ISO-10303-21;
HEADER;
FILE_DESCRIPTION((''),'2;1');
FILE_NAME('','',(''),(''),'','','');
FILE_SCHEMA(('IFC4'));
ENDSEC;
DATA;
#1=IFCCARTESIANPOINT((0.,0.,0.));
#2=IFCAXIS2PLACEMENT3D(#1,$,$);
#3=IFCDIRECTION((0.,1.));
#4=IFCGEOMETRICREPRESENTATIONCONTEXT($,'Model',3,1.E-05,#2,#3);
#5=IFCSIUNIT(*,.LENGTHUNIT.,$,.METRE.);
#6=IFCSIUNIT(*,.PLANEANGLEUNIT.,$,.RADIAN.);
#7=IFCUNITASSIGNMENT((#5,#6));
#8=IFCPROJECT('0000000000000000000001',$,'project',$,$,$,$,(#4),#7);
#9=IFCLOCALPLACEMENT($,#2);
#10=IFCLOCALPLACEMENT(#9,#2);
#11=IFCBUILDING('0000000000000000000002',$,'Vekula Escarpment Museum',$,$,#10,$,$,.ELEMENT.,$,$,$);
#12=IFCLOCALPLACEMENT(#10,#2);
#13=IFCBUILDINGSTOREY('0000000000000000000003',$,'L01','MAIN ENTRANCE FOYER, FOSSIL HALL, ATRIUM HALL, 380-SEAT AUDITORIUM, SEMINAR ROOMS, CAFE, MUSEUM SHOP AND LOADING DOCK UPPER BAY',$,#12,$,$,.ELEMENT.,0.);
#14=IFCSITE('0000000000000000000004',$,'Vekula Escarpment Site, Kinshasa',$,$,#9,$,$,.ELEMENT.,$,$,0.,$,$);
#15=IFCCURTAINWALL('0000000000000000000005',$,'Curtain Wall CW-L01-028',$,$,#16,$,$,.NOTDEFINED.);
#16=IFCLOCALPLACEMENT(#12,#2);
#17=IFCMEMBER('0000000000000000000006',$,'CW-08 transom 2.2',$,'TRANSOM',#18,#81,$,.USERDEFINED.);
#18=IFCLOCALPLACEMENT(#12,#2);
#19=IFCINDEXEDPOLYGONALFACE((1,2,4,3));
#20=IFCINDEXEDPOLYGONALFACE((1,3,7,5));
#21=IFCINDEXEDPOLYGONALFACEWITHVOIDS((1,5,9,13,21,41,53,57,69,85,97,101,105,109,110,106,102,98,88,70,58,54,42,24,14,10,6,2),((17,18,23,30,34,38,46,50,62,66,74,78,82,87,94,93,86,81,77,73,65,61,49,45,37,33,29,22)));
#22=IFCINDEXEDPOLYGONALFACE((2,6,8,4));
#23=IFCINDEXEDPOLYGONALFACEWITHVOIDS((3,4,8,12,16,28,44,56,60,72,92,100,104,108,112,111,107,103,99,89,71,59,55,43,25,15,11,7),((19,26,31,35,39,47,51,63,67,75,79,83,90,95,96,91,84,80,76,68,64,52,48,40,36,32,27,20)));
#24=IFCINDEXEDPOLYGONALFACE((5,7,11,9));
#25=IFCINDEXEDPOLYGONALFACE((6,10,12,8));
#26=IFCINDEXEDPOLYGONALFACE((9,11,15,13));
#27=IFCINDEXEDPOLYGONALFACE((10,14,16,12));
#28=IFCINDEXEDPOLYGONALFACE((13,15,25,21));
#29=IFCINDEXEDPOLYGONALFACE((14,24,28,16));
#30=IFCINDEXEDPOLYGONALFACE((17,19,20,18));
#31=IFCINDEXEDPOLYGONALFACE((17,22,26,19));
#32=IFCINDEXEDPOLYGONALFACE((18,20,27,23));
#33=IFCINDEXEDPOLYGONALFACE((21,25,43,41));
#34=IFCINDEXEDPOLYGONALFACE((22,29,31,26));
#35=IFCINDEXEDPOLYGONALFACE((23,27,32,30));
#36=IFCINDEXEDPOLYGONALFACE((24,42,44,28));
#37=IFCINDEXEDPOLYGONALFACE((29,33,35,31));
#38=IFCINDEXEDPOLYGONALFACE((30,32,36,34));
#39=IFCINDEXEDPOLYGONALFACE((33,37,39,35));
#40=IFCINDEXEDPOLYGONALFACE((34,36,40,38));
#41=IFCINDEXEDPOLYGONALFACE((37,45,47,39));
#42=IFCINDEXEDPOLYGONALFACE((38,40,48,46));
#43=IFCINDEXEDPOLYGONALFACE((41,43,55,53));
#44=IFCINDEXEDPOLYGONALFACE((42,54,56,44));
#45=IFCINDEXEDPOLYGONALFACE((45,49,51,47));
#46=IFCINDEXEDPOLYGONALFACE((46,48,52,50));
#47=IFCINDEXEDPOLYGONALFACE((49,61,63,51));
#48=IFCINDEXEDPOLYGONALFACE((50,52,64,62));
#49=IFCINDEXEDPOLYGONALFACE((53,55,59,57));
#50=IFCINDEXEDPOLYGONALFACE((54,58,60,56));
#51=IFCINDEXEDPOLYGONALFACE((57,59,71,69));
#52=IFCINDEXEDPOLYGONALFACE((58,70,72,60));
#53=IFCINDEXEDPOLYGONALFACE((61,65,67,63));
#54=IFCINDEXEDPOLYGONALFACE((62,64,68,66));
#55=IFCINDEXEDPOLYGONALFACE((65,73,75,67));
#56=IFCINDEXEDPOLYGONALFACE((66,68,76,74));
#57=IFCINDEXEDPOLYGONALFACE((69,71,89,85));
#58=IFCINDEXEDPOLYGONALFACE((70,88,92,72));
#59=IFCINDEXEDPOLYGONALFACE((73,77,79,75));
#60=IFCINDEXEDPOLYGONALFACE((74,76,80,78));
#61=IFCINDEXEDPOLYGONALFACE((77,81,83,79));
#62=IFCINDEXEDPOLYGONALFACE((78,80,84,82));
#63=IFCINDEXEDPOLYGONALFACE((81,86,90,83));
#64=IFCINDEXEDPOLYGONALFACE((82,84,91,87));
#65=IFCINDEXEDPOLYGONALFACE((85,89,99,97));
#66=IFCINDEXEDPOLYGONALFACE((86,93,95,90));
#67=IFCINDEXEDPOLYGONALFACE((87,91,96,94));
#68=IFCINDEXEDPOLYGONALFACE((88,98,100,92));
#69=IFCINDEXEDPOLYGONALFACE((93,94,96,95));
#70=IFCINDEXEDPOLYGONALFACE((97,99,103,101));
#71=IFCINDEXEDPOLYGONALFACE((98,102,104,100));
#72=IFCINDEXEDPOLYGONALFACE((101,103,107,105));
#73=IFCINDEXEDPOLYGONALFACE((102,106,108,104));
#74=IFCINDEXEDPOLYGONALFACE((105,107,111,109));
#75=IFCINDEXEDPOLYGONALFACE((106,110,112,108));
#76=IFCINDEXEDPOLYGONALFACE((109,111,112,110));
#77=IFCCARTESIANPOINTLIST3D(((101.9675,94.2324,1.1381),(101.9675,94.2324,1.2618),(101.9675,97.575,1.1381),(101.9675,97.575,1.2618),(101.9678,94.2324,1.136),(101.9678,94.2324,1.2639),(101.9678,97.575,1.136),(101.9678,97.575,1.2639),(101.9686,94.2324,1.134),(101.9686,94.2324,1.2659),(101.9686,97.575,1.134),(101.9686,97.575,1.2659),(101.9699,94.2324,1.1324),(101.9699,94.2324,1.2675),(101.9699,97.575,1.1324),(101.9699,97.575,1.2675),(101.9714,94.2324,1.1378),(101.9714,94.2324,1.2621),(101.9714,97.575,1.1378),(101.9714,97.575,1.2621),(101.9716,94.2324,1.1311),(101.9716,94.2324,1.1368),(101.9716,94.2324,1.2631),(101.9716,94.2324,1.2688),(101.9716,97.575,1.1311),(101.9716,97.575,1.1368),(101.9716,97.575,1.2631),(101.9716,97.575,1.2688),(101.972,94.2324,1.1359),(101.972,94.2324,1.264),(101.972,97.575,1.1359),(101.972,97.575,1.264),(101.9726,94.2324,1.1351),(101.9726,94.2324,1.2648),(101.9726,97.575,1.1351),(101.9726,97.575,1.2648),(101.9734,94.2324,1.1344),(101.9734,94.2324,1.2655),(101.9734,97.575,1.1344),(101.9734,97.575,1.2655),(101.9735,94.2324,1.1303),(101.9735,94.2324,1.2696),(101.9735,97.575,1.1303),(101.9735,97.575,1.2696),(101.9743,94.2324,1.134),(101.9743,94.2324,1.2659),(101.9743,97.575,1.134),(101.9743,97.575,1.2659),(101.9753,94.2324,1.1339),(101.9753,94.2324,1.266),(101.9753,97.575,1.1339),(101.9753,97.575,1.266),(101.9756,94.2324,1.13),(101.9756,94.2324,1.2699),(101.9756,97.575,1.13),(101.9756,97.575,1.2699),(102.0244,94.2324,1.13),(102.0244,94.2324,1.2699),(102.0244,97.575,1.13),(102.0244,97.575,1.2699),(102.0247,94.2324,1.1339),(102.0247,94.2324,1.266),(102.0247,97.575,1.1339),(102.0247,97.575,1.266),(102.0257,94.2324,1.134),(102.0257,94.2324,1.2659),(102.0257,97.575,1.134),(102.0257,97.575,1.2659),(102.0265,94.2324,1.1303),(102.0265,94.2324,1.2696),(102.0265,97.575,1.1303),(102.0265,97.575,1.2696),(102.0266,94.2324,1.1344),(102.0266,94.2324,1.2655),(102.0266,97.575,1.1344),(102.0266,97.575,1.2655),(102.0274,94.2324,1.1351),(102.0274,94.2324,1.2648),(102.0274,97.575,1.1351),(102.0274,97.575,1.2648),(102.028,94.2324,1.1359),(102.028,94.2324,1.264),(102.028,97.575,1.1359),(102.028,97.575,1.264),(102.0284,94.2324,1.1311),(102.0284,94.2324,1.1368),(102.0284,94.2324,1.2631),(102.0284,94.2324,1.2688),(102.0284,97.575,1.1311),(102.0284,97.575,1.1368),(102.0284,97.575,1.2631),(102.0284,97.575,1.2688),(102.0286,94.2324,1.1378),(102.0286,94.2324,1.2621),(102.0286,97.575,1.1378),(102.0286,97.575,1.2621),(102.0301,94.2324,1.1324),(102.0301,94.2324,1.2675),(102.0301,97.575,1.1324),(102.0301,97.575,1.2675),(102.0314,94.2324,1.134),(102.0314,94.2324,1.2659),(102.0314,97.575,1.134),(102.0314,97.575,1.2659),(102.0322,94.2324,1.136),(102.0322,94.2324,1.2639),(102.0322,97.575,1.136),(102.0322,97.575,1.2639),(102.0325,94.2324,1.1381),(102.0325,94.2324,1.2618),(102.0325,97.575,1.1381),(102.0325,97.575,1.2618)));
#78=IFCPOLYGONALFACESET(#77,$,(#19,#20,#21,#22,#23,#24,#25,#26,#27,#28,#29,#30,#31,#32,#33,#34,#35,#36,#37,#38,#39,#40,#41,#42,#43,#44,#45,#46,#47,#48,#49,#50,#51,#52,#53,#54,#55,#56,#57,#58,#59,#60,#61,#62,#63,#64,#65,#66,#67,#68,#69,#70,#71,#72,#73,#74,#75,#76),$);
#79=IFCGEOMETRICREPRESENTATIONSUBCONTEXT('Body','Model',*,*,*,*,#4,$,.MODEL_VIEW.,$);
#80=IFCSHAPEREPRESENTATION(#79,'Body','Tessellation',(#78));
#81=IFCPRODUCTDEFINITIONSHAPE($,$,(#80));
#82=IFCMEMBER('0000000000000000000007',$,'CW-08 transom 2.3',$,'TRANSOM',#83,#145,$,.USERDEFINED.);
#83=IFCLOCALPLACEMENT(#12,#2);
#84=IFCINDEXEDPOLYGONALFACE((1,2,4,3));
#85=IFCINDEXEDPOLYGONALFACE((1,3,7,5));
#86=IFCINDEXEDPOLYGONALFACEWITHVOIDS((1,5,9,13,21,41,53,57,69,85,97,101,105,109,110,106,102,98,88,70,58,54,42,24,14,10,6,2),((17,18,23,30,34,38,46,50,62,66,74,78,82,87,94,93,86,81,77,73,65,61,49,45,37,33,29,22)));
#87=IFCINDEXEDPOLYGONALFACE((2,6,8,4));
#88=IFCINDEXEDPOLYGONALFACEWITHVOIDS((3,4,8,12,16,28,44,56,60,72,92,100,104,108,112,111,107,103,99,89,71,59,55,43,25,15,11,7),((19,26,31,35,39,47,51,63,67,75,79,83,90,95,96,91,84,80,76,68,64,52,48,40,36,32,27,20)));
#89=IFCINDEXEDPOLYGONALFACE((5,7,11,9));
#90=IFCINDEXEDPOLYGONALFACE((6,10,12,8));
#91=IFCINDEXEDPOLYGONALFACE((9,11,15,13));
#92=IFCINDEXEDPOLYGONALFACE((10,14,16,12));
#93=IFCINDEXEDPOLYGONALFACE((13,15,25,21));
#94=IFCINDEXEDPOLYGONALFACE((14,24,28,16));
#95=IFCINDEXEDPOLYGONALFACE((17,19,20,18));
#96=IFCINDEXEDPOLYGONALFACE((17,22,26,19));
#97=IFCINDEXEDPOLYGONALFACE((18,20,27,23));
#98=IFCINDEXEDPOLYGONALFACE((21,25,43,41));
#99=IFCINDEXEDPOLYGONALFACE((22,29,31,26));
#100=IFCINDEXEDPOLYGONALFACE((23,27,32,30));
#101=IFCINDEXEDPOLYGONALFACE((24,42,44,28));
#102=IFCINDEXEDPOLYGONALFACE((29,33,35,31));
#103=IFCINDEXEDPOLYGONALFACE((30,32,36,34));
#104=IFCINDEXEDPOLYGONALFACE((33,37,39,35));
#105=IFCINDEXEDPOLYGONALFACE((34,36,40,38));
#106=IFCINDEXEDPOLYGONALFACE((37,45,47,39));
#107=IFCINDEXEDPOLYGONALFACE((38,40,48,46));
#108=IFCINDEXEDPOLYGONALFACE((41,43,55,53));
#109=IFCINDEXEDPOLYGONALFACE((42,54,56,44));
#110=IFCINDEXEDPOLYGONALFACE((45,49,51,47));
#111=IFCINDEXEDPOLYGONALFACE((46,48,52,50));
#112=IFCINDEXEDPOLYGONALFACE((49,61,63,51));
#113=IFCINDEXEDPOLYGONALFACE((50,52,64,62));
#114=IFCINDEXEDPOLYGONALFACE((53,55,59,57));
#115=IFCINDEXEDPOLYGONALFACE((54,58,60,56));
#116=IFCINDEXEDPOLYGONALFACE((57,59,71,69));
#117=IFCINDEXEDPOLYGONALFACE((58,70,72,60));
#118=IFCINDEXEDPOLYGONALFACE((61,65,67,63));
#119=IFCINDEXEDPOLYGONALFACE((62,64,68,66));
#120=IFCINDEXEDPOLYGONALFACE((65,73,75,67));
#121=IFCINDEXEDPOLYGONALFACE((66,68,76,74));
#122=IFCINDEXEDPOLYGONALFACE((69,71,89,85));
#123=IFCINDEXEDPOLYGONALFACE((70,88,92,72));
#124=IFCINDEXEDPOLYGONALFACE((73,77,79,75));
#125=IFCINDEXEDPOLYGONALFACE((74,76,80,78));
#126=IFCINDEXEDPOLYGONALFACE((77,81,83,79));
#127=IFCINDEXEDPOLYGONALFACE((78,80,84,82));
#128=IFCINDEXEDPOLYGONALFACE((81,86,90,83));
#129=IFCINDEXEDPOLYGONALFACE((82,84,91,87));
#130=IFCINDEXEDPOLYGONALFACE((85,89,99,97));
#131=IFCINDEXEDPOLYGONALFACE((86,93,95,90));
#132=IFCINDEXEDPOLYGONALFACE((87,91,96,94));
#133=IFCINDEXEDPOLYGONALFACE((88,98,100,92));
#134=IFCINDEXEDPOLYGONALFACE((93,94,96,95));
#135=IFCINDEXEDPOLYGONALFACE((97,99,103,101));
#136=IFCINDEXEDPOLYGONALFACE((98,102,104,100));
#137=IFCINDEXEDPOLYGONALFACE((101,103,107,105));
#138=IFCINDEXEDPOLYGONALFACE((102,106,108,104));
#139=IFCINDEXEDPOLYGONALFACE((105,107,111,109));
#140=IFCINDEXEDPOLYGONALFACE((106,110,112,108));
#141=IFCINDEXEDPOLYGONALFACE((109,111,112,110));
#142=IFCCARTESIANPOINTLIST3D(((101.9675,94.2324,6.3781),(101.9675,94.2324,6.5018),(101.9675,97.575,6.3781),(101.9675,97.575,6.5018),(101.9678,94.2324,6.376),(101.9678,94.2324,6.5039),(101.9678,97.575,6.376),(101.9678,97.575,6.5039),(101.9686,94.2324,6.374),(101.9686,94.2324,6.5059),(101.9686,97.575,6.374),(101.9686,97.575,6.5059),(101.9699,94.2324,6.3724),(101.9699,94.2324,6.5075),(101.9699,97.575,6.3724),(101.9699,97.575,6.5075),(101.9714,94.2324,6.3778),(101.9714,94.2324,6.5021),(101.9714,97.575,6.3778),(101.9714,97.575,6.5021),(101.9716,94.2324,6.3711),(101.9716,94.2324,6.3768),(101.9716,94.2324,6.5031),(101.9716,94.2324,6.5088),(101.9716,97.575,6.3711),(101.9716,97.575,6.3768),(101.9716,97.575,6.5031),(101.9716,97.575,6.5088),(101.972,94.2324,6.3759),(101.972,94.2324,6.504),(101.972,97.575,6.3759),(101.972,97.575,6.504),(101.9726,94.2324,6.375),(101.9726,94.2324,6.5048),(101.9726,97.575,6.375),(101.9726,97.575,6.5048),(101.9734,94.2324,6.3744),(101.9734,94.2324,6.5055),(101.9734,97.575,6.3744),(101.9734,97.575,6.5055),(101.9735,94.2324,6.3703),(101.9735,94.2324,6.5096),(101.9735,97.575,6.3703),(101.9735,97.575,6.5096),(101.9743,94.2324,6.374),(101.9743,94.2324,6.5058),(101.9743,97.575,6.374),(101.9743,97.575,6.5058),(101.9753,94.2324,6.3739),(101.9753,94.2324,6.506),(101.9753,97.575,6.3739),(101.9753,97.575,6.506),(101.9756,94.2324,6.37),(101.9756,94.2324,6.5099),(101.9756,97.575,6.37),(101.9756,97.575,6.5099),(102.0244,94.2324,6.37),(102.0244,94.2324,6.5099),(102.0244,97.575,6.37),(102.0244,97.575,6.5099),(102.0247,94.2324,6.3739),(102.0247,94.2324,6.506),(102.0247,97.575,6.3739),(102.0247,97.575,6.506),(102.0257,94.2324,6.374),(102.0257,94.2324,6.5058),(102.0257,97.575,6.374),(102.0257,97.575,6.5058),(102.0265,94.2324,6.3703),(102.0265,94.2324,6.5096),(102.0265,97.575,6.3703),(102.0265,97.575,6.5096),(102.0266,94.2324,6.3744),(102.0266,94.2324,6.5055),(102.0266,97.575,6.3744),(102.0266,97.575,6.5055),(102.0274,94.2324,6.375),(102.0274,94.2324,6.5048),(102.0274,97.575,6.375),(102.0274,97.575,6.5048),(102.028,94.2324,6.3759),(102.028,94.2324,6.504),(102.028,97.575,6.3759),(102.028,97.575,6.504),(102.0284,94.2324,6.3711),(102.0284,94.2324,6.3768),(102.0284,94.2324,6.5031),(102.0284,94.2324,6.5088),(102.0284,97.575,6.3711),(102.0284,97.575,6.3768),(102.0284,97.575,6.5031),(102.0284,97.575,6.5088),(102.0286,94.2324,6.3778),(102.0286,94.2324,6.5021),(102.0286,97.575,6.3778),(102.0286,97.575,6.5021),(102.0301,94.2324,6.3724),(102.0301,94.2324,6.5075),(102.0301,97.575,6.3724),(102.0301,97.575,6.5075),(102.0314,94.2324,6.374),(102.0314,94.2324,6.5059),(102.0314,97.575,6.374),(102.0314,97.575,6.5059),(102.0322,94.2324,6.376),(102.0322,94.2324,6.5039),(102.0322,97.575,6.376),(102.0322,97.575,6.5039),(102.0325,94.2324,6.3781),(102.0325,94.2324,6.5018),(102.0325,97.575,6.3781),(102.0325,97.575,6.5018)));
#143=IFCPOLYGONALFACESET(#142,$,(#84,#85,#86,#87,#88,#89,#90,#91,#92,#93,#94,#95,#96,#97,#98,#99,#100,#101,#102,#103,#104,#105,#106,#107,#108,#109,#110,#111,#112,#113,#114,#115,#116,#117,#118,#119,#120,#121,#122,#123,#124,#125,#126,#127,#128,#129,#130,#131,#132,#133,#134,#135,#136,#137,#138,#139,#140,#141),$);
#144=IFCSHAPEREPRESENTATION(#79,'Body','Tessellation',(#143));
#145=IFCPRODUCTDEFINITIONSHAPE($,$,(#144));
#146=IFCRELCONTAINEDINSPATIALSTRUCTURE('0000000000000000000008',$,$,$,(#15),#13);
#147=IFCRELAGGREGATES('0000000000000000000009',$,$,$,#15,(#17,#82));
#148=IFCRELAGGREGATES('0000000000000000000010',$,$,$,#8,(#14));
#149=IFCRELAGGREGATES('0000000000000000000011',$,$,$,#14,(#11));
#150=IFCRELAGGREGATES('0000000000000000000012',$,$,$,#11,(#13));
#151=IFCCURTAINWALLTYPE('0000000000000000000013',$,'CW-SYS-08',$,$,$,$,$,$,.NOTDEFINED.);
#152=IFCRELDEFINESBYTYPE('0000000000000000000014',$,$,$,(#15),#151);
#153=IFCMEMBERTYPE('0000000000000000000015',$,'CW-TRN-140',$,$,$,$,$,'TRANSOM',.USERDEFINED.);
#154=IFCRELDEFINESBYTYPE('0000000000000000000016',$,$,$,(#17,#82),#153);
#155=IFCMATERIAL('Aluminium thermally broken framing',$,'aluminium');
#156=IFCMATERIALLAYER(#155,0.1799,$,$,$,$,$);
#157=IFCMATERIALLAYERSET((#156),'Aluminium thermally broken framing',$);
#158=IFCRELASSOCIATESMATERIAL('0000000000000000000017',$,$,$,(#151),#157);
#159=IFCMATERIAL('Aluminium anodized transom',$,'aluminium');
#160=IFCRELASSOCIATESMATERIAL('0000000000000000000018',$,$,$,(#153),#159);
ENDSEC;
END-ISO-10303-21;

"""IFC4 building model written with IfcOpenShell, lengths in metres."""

from ifc_helpers import new_model, si_unit, direction, frame, origin, origin_2d, place, context, subcontext, project, spatial, hollow_rectangle, extrude, material, layer, layer_set, material_profile, profile_set, type_object, element, aggregate, save


model = new_model("IFC4")

# Units and contexts
model_context = context("Model", 3, precision=1e-05, world=origin(), true_north=direction((0.0, 1.0)))
body_context = subcontext(model_context, "Body", "Model", "MODEL_VIEW")
ifc_project = project(units=[si_unit("LENGTHUNIT", "METRE"), si_unit("PLANEANGLEUNIT", "RADIAN")], contexts=[model_context])

# Site, building, storey
site_placement = place(None, origin())
site = spatial("IfcSite", under=ifc_project, at=site_placement, Name="Vekula Escarpment Site, Kinshasa", CompositionType="ELEMENT", RefElevation=0.0)
building_placement = place(site_placement, origin())
building = spatial("IfcBuilding", under=site, at=building_placement, Name="Vekula Escarpment Museum", CompositionType="ELEMENT")
storey_placement = place(building_placement, origin())
storey = spatial("IfcBuildingStorey", under=building, at=storey_placement, Name="L01", Description="MAIN ENTRANCE FOYER, FOSSIL HALL, ATRIUM HALL, 380-SEAT AUDITORIUM, SEMINAR ROOMS, CAFE, MUSEUM SHOP AND LOADING DOCK UPPER BAY", CompositionType="ELEMENT", Elevation=0.0)

# Curtain wall
ifc_material_1 = material(Name="Aluminium thermally broken framing", Category="aluminium")
ifc_layer_1 = layer(ifc_material_1, 0.1799)
ifc_layer_set_1 = layer_set([ifc_layer_1], Name="Aluminium thermally broken framing")
curtain_wall_type_1 = type_object("IfcCurtainWallType", Name="CW-SYS-08", PredefinedType="NOTDEFINED", material=ifc_layer_set_1)
curtain_wall_1_placement = place(storey_placement, origin())
curtain_wall_1 = element("IfcCurtainWall", 1, at=curtain_wall_1_placement, inside=storey, type_object=curtain_wall_type_1, Name="Curtain Wall CW-L01-028", PredefinedType="NOTDEFINED")

# Members
ifc_material_2 = material(Name="Aluminium anodized transom", Category="aluminium")
ifc_material_profile_1 = material_profile(ifc_material_2, hollow_rectangle(XDim=0.0649, YDim=0.1399, WallThickness=0.0039, InnerFilletRadius=0.0039, OuterFilletRadius=0.0081, at=origin_2d()), Name="ALU 140x65x4")
ifc_profile_set_1 = profile_set([ifc_material_profile_1], Name="Aluminium anodized transom")
member_type_1 = type_object("IfcMemberType", Name="CW-TRN-140", ElementType="TRANSOM", PredefinedType="USERDEFINED", material=ifc_profile_set_1)
member_1_placement = place(storey_placement, frame((102.0, 94.2324, 1.2), z_axis=(0.0, 1.0, 0.0), x_axis=(-1.0, 0.0, 0.0)))
member_1 = element("IfcMember", 2, at=member_1_placement, type_object=member_type_1, Name="CW-08 transom 2.2", ObjectType="TRANSOM", PredefinedType="USERDEFINED", context=body_context, shape_type="SweptSolid", body=[
    extrude(hollow_rectangle(XDim=0.0649, YDim=0.1399, WallThickness=0.0039, InnerFilletRadius=0.0039, OuterFilletRadius=0.0081, at=origin_2d()), origin(), (0.0, 0.0, 1.0), 3.3425),
])
member_2_placement = place(storey_placement, frame((102.0, 94.2324, 6.4399), z_axis=(0.0, 1.0, 0.0), x_axis=(-1.0, 0.0, 0.0)))
member_2 = element("IfcMember", 3, at=member_2_placement, type_object=member_type_1, Name="CW-08 transom 2.3", ObjectType="TRANSOM", PredefinedType="USERDEFINED", context=body_context, shape_type="SweptSolid", body=[
    extrude(hollow_rectangle(XDim=0.0649, YDim=0.1399, WallThickness=0.0039, InnerFilletRadius=0.0039, OuterFilletRadius=0.0081, at=origin_2d()), origin(), (0.0, 0.0, 1.0), 3.3425),
])

aggregate(curtain_wall_1, [member_1, member_2])

save(model, "model.ifc")
